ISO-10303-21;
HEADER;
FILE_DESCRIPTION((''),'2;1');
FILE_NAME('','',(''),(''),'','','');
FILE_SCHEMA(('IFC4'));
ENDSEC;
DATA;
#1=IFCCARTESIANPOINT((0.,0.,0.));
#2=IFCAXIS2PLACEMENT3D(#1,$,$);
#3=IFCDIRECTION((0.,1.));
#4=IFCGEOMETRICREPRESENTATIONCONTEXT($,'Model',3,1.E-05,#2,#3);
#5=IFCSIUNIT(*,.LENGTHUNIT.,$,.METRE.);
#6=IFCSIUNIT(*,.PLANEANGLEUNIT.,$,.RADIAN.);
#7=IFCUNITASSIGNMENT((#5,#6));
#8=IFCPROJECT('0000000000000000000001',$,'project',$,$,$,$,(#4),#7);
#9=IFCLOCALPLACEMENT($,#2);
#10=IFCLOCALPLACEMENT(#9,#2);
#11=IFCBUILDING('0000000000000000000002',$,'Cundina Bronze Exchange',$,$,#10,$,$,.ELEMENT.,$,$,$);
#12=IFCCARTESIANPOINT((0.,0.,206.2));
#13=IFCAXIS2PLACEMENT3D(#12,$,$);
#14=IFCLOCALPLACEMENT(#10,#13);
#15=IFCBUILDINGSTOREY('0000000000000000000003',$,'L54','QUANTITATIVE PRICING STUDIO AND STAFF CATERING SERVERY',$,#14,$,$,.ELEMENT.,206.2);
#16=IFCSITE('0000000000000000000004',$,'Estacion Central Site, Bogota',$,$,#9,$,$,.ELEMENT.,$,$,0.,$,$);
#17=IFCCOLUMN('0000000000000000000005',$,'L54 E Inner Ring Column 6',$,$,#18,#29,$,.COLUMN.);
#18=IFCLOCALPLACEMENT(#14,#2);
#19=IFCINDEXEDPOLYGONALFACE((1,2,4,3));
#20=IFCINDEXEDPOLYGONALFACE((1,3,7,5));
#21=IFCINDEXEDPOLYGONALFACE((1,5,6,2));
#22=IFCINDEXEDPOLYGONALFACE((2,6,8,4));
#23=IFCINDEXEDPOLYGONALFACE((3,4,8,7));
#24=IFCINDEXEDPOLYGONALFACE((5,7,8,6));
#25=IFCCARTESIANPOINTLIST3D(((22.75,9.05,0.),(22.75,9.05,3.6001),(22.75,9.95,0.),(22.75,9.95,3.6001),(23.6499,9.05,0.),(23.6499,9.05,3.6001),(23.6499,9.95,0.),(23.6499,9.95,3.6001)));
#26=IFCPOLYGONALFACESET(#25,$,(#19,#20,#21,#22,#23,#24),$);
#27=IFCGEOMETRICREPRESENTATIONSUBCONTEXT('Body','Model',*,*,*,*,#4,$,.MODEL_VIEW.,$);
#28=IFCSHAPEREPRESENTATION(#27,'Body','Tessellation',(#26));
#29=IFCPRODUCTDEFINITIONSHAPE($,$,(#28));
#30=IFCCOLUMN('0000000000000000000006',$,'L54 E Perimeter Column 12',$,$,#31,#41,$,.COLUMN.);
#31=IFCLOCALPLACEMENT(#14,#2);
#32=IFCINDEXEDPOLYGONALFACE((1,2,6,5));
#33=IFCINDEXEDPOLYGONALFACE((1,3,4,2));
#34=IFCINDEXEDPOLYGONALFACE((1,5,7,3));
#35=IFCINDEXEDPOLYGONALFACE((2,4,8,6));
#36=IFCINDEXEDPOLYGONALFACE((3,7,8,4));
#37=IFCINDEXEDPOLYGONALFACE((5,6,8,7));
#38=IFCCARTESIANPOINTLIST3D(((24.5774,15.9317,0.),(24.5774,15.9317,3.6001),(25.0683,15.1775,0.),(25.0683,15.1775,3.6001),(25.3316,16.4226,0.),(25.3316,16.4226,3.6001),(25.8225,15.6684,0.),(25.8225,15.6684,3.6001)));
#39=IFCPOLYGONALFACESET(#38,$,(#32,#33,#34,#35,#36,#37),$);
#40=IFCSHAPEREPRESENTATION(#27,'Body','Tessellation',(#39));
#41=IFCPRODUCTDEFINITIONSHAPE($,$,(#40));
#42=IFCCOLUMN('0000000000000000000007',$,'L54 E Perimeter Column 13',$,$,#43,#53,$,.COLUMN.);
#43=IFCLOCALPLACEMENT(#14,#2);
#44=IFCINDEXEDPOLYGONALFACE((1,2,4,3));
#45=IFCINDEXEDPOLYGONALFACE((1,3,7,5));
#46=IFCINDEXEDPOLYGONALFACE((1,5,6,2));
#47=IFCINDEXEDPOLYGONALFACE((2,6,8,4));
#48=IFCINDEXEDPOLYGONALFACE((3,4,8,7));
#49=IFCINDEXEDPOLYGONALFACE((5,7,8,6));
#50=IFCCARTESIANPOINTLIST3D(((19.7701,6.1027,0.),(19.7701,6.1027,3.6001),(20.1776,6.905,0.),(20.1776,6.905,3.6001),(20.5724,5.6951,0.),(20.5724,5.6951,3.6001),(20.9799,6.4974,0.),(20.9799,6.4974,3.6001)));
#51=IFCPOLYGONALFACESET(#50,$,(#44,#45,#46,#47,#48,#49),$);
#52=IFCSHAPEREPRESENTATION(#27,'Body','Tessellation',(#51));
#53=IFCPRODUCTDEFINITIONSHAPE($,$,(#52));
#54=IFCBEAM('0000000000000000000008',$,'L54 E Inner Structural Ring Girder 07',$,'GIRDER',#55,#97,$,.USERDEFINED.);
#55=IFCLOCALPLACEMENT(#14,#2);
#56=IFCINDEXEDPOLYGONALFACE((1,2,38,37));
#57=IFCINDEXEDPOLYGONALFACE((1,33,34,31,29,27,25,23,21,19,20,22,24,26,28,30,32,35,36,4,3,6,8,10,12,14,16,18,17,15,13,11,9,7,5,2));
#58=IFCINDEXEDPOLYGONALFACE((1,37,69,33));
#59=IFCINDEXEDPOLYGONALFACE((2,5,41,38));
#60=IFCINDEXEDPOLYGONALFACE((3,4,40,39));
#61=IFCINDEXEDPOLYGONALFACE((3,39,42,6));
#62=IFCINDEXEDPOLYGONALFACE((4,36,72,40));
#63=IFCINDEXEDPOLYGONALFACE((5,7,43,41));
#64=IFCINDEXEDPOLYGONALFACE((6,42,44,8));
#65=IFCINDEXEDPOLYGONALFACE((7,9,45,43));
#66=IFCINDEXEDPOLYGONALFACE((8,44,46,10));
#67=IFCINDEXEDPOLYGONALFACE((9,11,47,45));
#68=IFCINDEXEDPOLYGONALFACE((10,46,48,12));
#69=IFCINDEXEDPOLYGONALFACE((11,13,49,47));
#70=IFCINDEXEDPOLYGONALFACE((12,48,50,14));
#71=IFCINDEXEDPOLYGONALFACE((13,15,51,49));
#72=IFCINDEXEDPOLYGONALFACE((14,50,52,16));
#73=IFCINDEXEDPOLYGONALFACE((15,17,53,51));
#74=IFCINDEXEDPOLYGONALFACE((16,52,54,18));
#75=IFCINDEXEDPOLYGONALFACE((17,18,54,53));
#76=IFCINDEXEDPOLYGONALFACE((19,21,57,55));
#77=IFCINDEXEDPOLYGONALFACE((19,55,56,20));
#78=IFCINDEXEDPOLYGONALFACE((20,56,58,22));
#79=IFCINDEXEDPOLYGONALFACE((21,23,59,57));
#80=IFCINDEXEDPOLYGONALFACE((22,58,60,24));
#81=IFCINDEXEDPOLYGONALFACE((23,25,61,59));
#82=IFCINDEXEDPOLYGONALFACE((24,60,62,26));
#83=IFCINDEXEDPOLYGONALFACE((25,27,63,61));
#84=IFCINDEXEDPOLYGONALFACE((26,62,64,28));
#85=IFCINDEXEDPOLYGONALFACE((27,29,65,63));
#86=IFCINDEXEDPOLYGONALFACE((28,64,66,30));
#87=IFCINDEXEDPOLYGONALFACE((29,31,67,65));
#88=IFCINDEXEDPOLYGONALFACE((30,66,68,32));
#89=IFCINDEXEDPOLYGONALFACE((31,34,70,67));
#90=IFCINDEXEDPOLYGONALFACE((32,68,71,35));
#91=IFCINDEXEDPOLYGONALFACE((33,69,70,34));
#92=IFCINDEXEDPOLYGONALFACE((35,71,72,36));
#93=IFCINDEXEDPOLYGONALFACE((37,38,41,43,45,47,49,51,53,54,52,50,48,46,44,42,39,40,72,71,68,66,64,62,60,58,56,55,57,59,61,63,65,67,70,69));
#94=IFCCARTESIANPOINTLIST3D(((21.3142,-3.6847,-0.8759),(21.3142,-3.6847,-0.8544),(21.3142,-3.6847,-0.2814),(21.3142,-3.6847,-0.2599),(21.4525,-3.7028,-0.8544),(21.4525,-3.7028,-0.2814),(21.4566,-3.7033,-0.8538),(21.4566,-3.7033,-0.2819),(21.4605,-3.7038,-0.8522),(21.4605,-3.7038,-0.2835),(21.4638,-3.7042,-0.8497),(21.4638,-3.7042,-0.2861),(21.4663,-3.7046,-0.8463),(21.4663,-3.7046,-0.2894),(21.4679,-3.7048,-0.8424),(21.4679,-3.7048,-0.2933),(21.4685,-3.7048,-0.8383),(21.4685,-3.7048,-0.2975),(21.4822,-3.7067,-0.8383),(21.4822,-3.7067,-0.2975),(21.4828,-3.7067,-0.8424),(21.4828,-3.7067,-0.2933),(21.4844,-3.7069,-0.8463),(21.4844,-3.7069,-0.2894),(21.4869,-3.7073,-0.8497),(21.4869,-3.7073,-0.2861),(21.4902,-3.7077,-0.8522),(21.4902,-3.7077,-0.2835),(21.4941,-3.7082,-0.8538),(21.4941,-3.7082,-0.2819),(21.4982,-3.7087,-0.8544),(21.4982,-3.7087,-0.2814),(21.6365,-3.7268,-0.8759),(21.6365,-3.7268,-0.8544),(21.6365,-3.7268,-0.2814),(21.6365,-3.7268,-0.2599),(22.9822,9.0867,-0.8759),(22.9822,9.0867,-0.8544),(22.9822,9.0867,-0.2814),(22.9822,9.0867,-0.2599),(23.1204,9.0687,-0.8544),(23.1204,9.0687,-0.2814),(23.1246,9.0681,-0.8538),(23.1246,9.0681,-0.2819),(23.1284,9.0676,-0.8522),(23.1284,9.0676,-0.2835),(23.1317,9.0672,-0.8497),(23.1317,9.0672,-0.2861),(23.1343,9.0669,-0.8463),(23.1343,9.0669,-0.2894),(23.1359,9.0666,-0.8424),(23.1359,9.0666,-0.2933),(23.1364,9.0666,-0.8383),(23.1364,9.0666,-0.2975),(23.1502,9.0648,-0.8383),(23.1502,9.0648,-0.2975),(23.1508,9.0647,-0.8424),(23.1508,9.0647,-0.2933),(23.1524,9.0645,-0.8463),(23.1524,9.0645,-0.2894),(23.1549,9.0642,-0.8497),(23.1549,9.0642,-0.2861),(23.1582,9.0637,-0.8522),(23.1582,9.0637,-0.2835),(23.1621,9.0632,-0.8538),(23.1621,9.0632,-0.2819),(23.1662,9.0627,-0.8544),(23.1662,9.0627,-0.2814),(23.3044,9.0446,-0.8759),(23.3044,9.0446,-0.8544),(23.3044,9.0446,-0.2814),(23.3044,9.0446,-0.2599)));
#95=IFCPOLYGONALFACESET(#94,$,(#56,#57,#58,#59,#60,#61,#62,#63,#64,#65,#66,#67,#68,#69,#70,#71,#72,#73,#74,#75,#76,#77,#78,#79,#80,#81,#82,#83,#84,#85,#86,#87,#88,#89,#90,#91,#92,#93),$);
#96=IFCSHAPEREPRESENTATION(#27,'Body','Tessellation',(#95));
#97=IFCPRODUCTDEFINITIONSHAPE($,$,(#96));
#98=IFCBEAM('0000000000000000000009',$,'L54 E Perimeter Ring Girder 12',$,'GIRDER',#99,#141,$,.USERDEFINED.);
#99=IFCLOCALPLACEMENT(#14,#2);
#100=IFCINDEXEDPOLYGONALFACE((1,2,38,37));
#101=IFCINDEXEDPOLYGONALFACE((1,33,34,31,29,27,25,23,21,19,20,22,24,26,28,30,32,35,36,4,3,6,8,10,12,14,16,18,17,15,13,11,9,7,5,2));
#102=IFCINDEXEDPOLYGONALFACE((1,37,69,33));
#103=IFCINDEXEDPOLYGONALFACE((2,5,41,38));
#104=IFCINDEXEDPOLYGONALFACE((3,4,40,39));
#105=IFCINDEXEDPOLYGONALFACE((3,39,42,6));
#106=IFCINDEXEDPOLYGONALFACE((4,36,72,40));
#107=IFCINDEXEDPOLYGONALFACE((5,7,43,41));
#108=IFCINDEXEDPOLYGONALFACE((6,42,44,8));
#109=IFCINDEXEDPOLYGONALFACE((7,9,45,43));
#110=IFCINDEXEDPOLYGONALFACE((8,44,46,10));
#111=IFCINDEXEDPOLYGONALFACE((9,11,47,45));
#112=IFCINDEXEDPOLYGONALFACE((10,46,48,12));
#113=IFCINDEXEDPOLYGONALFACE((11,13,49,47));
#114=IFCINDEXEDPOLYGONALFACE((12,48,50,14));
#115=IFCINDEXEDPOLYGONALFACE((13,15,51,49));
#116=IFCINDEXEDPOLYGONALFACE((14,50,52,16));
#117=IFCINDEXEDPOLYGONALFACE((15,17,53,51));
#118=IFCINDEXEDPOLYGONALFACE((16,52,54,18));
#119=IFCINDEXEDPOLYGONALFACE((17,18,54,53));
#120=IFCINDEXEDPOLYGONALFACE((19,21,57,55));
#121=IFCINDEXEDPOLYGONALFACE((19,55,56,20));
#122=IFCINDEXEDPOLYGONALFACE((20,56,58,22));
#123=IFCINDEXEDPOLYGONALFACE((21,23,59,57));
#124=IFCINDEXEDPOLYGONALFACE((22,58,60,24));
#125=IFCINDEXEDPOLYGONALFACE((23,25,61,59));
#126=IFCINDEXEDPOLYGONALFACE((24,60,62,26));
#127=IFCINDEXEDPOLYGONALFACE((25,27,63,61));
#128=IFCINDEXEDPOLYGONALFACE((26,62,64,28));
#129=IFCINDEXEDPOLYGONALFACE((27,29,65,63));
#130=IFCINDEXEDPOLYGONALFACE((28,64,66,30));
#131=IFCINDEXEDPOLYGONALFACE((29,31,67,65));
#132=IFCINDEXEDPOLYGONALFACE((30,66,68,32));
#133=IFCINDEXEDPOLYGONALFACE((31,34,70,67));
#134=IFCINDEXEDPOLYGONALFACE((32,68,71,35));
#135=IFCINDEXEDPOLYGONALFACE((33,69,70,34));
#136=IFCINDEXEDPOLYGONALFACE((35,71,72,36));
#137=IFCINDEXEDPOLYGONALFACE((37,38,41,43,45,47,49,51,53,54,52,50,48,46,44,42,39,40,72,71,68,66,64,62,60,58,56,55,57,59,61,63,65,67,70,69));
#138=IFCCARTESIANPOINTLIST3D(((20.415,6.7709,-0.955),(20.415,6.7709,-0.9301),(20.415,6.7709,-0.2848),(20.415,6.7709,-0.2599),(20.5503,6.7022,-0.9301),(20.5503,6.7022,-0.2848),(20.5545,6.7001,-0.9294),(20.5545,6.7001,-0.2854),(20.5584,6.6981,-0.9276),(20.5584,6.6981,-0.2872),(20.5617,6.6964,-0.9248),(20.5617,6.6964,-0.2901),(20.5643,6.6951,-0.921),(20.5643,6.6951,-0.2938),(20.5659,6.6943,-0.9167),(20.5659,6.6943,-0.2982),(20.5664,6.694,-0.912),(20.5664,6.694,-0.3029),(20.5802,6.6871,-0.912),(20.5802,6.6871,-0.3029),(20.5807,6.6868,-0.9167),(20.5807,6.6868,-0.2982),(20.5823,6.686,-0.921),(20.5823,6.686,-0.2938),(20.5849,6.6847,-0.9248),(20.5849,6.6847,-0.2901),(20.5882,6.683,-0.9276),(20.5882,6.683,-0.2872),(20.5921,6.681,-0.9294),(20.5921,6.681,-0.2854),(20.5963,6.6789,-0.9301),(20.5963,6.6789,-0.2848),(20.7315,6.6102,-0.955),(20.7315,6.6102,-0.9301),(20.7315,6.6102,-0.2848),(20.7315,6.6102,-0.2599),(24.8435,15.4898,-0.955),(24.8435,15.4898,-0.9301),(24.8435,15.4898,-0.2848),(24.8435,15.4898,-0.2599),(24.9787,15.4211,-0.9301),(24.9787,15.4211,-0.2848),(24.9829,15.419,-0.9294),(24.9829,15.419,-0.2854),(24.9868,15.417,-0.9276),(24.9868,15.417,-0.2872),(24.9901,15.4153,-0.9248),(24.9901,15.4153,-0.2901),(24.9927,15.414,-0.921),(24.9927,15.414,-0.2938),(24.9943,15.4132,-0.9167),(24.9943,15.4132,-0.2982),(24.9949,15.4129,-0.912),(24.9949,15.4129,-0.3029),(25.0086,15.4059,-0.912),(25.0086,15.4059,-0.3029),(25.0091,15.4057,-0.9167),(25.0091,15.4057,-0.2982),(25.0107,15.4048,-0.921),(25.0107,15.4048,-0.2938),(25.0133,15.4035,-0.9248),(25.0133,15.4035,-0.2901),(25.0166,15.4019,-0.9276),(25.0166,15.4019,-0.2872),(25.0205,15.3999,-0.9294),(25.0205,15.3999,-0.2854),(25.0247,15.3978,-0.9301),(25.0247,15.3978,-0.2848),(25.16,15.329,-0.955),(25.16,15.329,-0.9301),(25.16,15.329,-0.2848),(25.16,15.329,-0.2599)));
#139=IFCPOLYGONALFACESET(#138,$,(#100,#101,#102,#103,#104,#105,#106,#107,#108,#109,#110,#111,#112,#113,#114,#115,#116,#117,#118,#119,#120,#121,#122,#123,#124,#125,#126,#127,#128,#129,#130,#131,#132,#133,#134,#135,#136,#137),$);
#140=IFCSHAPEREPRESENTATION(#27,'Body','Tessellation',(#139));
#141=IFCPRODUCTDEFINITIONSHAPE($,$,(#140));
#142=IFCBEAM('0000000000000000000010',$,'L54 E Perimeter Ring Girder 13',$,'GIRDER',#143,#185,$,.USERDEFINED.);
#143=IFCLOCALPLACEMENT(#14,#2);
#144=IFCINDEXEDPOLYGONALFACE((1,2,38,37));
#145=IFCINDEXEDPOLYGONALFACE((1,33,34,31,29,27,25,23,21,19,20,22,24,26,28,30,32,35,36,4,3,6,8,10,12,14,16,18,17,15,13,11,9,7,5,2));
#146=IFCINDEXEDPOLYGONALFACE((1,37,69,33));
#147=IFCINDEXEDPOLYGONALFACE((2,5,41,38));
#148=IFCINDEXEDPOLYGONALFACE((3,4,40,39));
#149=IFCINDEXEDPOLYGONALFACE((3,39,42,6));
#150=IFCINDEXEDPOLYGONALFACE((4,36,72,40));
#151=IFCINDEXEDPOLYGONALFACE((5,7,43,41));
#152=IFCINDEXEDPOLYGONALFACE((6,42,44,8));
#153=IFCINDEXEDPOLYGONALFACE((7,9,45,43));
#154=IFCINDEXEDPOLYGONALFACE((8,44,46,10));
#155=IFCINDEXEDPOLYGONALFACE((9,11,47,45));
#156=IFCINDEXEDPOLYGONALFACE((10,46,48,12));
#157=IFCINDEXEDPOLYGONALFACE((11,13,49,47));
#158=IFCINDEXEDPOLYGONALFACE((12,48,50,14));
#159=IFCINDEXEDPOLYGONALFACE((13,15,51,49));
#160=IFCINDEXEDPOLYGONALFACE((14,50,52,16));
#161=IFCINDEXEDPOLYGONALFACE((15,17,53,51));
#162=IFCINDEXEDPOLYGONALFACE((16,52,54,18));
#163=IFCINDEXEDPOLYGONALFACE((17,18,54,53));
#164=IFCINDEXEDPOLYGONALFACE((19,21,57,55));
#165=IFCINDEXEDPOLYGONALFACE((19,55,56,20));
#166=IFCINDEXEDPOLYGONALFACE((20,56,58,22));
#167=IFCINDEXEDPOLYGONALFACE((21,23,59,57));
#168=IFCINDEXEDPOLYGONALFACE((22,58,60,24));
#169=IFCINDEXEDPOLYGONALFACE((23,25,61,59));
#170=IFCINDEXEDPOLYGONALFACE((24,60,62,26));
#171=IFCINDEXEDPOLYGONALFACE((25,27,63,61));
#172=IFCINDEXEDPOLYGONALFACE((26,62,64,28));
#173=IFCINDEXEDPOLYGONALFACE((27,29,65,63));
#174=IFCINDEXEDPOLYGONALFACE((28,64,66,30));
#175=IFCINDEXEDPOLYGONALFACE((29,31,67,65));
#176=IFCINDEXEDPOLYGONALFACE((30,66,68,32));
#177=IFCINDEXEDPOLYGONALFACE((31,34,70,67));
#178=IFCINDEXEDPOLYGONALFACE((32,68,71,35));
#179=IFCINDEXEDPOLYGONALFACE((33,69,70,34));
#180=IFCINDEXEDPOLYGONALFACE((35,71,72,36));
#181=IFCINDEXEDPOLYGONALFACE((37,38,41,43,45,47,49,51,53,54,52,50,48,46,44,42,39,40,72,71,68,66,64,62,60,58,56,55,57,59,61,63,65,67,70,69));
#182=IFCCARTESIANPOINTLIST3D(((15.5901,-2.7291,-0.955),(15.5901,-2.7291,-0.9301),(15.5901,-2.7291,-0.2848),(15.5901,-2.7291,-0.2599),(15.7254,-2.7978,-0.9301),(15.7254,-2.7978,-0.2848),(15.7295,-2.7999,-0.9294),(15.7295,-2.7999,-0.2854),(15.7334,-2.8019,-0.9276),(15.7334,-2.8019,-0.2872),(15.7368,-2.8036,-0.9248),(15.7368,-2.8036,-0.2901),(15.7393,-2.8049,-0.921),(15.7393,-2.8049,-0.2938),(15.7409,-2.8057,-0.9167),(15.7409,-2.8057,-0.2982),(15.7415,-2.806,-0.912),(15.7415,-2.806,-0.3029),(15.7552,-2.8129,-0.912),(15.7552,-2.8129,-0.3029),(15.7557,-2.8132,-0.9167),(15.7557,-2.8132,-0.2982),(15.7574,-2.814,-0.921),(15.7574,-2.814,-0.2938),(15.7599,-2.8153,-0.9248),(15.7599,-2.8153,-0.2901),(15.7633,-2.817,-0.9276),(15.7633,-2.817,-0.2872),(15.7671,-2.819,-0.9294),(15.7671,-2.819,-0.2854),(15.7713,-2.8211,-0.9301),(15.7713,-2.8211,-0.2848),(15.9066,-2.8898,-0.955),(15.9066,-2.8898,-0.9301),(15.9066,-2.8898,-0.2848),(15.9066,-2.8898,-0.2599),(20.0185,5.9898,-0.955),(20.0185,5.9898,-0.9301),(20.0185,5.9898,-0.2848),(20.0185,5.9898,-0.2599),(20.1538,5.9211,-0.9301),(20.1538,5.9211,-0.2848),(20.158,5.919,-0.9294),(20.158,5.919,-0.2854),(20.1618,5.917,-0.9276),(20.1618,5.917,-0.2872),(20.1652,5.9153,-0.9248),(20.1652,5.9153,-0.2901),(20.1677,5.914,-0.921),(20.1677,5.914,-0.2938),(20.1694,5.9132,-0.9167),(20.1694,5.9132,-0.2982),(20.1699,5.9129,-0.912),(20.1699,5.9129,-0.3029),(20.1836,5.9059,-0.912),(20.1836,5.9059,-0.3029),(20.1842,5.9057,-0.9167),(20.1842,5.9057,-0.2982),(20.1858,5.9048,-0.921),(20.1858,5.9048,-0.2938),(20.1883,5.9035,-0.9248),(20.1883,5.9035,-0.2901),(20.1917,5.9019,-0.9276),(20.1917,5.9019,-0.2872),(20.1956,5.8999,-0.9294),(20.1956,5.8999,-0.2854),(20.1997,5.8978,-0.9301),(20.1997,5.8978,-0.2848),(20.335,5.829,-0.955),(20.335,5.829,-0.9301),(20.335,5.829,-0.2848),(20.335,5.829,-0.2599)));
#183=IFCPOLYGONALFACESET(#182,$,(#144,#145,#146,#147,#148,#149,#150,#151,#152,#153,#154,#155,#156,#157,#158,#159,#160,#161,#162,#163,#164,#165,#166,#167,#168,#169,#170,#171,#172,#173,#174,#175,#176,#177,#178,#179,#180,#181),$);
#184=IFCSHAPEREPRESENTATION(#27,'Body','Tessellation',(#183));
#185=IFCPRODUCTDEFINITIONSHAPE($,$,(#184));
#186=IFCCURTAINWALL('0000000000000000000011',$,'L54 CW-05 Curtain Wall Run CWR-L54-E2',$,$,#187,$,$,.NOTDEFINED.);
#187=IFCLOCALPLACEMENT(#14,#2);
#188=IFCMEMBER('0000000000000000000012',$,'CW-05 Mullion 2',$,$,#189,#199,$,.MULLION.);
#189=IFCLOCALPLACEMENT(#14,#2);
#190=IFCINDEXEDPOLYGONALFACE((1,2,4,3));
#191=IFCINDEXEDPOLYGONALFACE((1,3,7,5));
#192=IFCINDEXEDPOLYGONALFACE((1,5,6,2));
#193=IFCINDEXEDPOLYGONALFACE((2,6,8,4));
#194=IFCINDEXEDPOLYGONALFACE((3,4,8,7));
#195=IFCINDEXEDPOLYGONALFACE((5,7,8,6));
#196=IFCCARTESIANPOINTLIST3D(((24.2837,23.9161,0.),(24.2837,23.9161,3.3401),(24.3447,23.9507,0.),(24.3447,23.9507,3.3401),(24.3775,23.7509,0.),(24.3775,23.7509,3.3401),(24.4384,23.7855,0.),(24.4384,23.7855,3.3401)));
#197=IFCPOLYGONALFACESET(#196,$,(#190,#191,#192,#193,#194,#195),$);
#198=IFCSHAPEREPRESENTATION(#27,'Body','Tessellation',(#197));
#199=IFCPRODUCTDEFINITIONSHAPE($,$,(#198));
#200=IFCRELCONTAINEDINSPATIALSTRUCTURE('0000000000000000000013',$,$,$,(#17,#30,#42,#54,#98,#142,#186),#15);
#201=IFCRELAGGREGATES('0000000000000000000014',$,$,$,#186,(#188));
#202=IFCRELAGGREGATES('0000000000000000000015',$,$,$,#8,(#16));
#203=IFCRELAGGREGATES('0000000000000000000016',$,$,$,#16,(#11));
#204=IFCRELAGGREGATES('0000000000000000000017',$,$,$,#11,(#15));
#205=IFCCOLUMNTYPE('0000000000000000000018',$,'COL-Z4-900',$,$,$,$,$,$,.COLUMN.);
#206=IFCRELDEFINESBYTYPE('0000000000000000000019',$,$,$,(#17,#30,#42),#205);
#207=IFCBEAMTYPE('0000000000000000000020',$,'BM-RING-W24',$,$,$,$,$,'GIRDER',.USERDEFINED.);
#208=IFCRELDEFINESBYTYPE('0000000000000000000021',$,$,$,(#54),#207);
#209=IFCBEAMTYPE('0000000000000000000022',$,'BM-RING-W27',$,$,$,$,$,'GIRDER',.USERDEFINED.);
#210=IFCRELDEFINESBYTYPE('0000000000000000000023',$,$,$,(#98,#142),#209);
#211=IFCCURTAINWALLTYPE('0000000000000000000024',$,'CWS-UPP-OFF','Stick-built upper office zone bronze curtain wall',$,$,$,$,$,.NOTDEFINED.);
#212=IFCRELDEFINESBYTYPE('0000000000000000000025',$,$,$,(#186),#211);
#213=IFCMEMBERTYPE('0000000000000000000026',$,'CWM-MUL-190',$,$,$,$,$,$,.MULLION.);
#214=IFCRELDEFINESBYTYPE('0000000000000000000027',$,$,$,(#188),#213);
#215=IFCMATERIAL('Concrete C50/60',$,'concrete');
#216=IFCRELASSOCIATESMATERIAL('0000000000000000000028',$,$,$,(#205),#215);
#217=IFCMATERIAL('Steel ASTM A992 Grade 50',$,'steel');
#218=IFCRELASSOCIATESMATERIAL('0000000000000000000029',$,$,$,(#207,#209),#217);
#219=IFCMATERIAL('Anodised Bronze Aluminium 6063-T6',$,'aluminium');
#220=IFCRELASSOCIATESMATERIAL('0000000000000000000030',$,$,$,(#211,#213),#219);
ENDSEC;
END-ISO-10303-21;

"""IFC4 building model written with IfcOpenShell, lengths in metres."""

from ifc_helpers import new_model, si_unit, direction, frame, origin, origin_2d, place, context, subcontext, project, spatial, rectangle, i_section, extrude, material, material_profile, profile_set, type_object, element, aggregate, save


model = new_model("IFC4")

# Units and contexts
model_context = context("Model", 3, precision=1e-05, world=origin(), true_north=direction((0.0, 1.0)))
body_context = subcontext(model_context, "Body", "Model", "MODEL_VIEW")
ifc_project = project(units=[si_unit("LENGTHUNIT", "METRE"), si_unit("PLANEANGLEUNIT", "RADIAN")], contexts=[model_context])

# Site, building, storey
site_placement = place(None, origin())
site = spatial("IfcSite", under=ifc_project, at=site_placement, Name="Estacion Central Site, Bogota", CompositionType="ELEMENT", RefElevation=0.0)
building_placement = place(site_placement, origin())
building = spatial("IfcBuilding", under=site, at=building_placement, Name="Cundina Bronze Exchange", CompositionType="ELEMENT")
storey_placement = place(building_placement, frame((0.0, 0.0, 206.2)))
storey = spatial("IfcBuildingStorey", under=building, at=storey_placement, Name="L54", Description="QUANTITATIVE PRICING STUDIO AND STAFF CATERING SERVERY", CompositionType="ELEMENT", Elevation=206.2)

# Columns
ifc_material_1 = material(Name="Concrete C50/60", Category="concrete")
ifc_material_profile_1 = material_profile(ifc_material_1, rectangle(XDim=0.8999, YDim=0.8999, at=origin_2d()), Name="RC900X900", Category="concrete")
ifc_profile_set_1 = profile_set([ifc_material_profile_1], Name="Concrete C50/60")
column_type = type_object("IfcColumnType", Name="COL-Z4-900", PredefinedType="COLUMN", material=ifc_profile_set_1)
for number, where, z_axis, x_axis, name in (
    (1, (23.2, 9.5, 0.0), (0.0, 0.0, 1.0), (1.0, 0.0, 0.0), "L54 E Inner Ring Column 6"),
    (2, (25.2, 15.8, 0.0), (0.0, 0.0, 1.0), (-0.8381, -0.545517, 0.0), "L54 E Perimeter Column 12"),
    (3, (20.375, 6.3, 0.0), (0.0, 0.0, 1.0), (-0.452902, -0.891561, 0.0), "L54 E Perimeter Column 13"),
):
    element("IfcColumn", number, at=place(storey_placement, frame(where, z_axis=z_axis, x_axis=x_axis)), inside=storey, type_object=column_type, Name=name, PredefinedType="COLUMN", context=body_context, shape_type="SweptSolid", body=[
        extrude(rectangle(XDim=0.8999, YDim=0.8999, at=origin_2d()), origin(), (0.0, 0.0, 1.0), 3.6001),
    ])

# Beams
ifc_material_2 = material(Name="Steel ASTM A992 Grade 50", Category="steel")
ifc_material_profile_2 = material_profile(ifc_material_2, i_section(OverallWidth=0.325, OverallDepth=0.616, WebThickness=0.0139, FlangeThickness=0.0215, FilletRadius=0.0161, at=origin_2d()), Name="W24X117", Category="steel")
ifc_profile_set_2 = profile_set([ifc_material_profile_2], Name="Steel ASTM A992 Grade 50")
beam_type_1 = type_object("IfcBeamType", Name="BM-RING-W24", ElementType="GIRDER", PredefinedType="USERDEFINED", material=ifc_profile_set_2)
beam_placement = place(storey_placement, frame((23.1433, 9.0657, -0.5679), z_axis=(-0.129501, -0.991579, 0.0), x_axis=(0.991579, -0.129501, 0.0)))
element("IfcBeam", 4, at=beam_placement, inside=storey, type_object=beam_type_1, Name="L54 E Inner Structural Ring Girder 07", ObjectType="GIRDER", PredefinedType="USERDEFINED", context=body_context, shape_type="SweptSolid", body=[
    extrude(i_section(OverallWidth=0.325, OverallDepth=0.616, WebThickness=0.0139, FlangeThickness=0.0215, FilletRadius=0.0161, at=origin_2d()), origin(), (0.0, 0.0, 1.0), 12.8799),
])
ifc_material_profile_3 = material_profile(ifc_material_2, i_section(OverallWidth=0.355, OverallDepth=0.6951, WebThickness=0.0154, FlangeThickness=0.0249, FilletRadius=0.0181, at=origin_2d()), Name="W27X146", Category="steel")
ifc_profile_set_3 = profile_set([ifc_material_profile_3], Name="Steel ASTM A992 Grade 50")
beam_type_2 = type_object("IfcBeamType", Name="BM-RING-W27", ElementType="GIRDER", PredefinedType="USERDEFINED", material=ifc_profile_set_3)
for number, where, z_axis, x_axis, name in (
    (5, (25.0017, 15.4094, -0.6074), (-0.452847, -0.891588, 0.0), (0.891588, -0.452847, 0.0), "L54 E Perimeter Ring Girder 12"),
    (6, (20.1768, 5.9094, -0.6074), (-0.452847, -0.891588, 0.0), (0.891588, -0.452847, 0.0), "L54 E Perimeter Ring Girder 13"),
):
    element("IfcBeam", number, at=place(storey_placement, frame(where, z_axis=z_axis, x_axis=x_axis)), inside=storey, type_object=beam_type_2, Name=name, ObjectType="GIRDER", PredefinedType="USERDEFINED", context=body_context, shape_type="SweptSolid", body=[
        extrude(i_section(OverallWidth=0.355, OverallDepth=0.6951, WebThickness=0.0154, FlangeThickness=0.0249, FilletRadius=0.0181, at=origin_2d()), origin(), (0.0, 0.0, 1.0), 9.7791),
    ])

# Curtain wall, member
ifc_material_3 = material(Name="Anodised Bronze Aluminium 6063-T6", Category="aluminium")
curtain_wall_type = type_object("IfcCurtainWallType", Name="CWS-UPP-OFF", Description="Stick-built upper office zone bronze curtain wall", PredefinedType="NOTDEFINED", material=ifc_material_3)
curtain_wall_placement = place(storey_placement, origin())
curtain_wall = element("IfcCurtainWall", 7, at=curtain_wall_placement, inside=storey, type_object=curtain_wall_type, Name="L54 CW-05 Curtain Wall Run CWR-L54-E2", PredefinedType="NOTDEFINED")
ifc_material_profile_4 = material_profile(ifc_material_3, rectangle(XDim=0.0701, YDim=0.1899, at=origin_2d()), Name="AL70X190", Category="aluminium")
ifc_profile_set_4 = profile_set([ifc_material_profile_4], Name="Anodised Bronze Aluminium 6063-T6")
member_type_1 = type_object("IfcMemberType", Name="CWM-MUL-190", PredefinedType="MULLION", material=ifc_profile_set_4)
member_1_placement = place(storey_placement, frame((24.3611, 23.8508, 0.0), z_axis=(0.0, 0.0, 1.0), x_axis=(-0.869581, -0.49379, 0.0)))
member_1 = element("IfcMember", 8, at=member_1_placement, type_object=member_type_1, Name="CW-05 Mullion 2", PredefinedType="MULLION", context=body_context, shape_type="SweptSolid", body=[
    extrude(rectangle(XDim=0.0701, YDim=0.1899, at=origin_2d()), origin(), (0.0, 0.0, 1.0), 3.3401),
])
aggregate(curtain_wall, [member_1])

save(model, "model.ifc")
